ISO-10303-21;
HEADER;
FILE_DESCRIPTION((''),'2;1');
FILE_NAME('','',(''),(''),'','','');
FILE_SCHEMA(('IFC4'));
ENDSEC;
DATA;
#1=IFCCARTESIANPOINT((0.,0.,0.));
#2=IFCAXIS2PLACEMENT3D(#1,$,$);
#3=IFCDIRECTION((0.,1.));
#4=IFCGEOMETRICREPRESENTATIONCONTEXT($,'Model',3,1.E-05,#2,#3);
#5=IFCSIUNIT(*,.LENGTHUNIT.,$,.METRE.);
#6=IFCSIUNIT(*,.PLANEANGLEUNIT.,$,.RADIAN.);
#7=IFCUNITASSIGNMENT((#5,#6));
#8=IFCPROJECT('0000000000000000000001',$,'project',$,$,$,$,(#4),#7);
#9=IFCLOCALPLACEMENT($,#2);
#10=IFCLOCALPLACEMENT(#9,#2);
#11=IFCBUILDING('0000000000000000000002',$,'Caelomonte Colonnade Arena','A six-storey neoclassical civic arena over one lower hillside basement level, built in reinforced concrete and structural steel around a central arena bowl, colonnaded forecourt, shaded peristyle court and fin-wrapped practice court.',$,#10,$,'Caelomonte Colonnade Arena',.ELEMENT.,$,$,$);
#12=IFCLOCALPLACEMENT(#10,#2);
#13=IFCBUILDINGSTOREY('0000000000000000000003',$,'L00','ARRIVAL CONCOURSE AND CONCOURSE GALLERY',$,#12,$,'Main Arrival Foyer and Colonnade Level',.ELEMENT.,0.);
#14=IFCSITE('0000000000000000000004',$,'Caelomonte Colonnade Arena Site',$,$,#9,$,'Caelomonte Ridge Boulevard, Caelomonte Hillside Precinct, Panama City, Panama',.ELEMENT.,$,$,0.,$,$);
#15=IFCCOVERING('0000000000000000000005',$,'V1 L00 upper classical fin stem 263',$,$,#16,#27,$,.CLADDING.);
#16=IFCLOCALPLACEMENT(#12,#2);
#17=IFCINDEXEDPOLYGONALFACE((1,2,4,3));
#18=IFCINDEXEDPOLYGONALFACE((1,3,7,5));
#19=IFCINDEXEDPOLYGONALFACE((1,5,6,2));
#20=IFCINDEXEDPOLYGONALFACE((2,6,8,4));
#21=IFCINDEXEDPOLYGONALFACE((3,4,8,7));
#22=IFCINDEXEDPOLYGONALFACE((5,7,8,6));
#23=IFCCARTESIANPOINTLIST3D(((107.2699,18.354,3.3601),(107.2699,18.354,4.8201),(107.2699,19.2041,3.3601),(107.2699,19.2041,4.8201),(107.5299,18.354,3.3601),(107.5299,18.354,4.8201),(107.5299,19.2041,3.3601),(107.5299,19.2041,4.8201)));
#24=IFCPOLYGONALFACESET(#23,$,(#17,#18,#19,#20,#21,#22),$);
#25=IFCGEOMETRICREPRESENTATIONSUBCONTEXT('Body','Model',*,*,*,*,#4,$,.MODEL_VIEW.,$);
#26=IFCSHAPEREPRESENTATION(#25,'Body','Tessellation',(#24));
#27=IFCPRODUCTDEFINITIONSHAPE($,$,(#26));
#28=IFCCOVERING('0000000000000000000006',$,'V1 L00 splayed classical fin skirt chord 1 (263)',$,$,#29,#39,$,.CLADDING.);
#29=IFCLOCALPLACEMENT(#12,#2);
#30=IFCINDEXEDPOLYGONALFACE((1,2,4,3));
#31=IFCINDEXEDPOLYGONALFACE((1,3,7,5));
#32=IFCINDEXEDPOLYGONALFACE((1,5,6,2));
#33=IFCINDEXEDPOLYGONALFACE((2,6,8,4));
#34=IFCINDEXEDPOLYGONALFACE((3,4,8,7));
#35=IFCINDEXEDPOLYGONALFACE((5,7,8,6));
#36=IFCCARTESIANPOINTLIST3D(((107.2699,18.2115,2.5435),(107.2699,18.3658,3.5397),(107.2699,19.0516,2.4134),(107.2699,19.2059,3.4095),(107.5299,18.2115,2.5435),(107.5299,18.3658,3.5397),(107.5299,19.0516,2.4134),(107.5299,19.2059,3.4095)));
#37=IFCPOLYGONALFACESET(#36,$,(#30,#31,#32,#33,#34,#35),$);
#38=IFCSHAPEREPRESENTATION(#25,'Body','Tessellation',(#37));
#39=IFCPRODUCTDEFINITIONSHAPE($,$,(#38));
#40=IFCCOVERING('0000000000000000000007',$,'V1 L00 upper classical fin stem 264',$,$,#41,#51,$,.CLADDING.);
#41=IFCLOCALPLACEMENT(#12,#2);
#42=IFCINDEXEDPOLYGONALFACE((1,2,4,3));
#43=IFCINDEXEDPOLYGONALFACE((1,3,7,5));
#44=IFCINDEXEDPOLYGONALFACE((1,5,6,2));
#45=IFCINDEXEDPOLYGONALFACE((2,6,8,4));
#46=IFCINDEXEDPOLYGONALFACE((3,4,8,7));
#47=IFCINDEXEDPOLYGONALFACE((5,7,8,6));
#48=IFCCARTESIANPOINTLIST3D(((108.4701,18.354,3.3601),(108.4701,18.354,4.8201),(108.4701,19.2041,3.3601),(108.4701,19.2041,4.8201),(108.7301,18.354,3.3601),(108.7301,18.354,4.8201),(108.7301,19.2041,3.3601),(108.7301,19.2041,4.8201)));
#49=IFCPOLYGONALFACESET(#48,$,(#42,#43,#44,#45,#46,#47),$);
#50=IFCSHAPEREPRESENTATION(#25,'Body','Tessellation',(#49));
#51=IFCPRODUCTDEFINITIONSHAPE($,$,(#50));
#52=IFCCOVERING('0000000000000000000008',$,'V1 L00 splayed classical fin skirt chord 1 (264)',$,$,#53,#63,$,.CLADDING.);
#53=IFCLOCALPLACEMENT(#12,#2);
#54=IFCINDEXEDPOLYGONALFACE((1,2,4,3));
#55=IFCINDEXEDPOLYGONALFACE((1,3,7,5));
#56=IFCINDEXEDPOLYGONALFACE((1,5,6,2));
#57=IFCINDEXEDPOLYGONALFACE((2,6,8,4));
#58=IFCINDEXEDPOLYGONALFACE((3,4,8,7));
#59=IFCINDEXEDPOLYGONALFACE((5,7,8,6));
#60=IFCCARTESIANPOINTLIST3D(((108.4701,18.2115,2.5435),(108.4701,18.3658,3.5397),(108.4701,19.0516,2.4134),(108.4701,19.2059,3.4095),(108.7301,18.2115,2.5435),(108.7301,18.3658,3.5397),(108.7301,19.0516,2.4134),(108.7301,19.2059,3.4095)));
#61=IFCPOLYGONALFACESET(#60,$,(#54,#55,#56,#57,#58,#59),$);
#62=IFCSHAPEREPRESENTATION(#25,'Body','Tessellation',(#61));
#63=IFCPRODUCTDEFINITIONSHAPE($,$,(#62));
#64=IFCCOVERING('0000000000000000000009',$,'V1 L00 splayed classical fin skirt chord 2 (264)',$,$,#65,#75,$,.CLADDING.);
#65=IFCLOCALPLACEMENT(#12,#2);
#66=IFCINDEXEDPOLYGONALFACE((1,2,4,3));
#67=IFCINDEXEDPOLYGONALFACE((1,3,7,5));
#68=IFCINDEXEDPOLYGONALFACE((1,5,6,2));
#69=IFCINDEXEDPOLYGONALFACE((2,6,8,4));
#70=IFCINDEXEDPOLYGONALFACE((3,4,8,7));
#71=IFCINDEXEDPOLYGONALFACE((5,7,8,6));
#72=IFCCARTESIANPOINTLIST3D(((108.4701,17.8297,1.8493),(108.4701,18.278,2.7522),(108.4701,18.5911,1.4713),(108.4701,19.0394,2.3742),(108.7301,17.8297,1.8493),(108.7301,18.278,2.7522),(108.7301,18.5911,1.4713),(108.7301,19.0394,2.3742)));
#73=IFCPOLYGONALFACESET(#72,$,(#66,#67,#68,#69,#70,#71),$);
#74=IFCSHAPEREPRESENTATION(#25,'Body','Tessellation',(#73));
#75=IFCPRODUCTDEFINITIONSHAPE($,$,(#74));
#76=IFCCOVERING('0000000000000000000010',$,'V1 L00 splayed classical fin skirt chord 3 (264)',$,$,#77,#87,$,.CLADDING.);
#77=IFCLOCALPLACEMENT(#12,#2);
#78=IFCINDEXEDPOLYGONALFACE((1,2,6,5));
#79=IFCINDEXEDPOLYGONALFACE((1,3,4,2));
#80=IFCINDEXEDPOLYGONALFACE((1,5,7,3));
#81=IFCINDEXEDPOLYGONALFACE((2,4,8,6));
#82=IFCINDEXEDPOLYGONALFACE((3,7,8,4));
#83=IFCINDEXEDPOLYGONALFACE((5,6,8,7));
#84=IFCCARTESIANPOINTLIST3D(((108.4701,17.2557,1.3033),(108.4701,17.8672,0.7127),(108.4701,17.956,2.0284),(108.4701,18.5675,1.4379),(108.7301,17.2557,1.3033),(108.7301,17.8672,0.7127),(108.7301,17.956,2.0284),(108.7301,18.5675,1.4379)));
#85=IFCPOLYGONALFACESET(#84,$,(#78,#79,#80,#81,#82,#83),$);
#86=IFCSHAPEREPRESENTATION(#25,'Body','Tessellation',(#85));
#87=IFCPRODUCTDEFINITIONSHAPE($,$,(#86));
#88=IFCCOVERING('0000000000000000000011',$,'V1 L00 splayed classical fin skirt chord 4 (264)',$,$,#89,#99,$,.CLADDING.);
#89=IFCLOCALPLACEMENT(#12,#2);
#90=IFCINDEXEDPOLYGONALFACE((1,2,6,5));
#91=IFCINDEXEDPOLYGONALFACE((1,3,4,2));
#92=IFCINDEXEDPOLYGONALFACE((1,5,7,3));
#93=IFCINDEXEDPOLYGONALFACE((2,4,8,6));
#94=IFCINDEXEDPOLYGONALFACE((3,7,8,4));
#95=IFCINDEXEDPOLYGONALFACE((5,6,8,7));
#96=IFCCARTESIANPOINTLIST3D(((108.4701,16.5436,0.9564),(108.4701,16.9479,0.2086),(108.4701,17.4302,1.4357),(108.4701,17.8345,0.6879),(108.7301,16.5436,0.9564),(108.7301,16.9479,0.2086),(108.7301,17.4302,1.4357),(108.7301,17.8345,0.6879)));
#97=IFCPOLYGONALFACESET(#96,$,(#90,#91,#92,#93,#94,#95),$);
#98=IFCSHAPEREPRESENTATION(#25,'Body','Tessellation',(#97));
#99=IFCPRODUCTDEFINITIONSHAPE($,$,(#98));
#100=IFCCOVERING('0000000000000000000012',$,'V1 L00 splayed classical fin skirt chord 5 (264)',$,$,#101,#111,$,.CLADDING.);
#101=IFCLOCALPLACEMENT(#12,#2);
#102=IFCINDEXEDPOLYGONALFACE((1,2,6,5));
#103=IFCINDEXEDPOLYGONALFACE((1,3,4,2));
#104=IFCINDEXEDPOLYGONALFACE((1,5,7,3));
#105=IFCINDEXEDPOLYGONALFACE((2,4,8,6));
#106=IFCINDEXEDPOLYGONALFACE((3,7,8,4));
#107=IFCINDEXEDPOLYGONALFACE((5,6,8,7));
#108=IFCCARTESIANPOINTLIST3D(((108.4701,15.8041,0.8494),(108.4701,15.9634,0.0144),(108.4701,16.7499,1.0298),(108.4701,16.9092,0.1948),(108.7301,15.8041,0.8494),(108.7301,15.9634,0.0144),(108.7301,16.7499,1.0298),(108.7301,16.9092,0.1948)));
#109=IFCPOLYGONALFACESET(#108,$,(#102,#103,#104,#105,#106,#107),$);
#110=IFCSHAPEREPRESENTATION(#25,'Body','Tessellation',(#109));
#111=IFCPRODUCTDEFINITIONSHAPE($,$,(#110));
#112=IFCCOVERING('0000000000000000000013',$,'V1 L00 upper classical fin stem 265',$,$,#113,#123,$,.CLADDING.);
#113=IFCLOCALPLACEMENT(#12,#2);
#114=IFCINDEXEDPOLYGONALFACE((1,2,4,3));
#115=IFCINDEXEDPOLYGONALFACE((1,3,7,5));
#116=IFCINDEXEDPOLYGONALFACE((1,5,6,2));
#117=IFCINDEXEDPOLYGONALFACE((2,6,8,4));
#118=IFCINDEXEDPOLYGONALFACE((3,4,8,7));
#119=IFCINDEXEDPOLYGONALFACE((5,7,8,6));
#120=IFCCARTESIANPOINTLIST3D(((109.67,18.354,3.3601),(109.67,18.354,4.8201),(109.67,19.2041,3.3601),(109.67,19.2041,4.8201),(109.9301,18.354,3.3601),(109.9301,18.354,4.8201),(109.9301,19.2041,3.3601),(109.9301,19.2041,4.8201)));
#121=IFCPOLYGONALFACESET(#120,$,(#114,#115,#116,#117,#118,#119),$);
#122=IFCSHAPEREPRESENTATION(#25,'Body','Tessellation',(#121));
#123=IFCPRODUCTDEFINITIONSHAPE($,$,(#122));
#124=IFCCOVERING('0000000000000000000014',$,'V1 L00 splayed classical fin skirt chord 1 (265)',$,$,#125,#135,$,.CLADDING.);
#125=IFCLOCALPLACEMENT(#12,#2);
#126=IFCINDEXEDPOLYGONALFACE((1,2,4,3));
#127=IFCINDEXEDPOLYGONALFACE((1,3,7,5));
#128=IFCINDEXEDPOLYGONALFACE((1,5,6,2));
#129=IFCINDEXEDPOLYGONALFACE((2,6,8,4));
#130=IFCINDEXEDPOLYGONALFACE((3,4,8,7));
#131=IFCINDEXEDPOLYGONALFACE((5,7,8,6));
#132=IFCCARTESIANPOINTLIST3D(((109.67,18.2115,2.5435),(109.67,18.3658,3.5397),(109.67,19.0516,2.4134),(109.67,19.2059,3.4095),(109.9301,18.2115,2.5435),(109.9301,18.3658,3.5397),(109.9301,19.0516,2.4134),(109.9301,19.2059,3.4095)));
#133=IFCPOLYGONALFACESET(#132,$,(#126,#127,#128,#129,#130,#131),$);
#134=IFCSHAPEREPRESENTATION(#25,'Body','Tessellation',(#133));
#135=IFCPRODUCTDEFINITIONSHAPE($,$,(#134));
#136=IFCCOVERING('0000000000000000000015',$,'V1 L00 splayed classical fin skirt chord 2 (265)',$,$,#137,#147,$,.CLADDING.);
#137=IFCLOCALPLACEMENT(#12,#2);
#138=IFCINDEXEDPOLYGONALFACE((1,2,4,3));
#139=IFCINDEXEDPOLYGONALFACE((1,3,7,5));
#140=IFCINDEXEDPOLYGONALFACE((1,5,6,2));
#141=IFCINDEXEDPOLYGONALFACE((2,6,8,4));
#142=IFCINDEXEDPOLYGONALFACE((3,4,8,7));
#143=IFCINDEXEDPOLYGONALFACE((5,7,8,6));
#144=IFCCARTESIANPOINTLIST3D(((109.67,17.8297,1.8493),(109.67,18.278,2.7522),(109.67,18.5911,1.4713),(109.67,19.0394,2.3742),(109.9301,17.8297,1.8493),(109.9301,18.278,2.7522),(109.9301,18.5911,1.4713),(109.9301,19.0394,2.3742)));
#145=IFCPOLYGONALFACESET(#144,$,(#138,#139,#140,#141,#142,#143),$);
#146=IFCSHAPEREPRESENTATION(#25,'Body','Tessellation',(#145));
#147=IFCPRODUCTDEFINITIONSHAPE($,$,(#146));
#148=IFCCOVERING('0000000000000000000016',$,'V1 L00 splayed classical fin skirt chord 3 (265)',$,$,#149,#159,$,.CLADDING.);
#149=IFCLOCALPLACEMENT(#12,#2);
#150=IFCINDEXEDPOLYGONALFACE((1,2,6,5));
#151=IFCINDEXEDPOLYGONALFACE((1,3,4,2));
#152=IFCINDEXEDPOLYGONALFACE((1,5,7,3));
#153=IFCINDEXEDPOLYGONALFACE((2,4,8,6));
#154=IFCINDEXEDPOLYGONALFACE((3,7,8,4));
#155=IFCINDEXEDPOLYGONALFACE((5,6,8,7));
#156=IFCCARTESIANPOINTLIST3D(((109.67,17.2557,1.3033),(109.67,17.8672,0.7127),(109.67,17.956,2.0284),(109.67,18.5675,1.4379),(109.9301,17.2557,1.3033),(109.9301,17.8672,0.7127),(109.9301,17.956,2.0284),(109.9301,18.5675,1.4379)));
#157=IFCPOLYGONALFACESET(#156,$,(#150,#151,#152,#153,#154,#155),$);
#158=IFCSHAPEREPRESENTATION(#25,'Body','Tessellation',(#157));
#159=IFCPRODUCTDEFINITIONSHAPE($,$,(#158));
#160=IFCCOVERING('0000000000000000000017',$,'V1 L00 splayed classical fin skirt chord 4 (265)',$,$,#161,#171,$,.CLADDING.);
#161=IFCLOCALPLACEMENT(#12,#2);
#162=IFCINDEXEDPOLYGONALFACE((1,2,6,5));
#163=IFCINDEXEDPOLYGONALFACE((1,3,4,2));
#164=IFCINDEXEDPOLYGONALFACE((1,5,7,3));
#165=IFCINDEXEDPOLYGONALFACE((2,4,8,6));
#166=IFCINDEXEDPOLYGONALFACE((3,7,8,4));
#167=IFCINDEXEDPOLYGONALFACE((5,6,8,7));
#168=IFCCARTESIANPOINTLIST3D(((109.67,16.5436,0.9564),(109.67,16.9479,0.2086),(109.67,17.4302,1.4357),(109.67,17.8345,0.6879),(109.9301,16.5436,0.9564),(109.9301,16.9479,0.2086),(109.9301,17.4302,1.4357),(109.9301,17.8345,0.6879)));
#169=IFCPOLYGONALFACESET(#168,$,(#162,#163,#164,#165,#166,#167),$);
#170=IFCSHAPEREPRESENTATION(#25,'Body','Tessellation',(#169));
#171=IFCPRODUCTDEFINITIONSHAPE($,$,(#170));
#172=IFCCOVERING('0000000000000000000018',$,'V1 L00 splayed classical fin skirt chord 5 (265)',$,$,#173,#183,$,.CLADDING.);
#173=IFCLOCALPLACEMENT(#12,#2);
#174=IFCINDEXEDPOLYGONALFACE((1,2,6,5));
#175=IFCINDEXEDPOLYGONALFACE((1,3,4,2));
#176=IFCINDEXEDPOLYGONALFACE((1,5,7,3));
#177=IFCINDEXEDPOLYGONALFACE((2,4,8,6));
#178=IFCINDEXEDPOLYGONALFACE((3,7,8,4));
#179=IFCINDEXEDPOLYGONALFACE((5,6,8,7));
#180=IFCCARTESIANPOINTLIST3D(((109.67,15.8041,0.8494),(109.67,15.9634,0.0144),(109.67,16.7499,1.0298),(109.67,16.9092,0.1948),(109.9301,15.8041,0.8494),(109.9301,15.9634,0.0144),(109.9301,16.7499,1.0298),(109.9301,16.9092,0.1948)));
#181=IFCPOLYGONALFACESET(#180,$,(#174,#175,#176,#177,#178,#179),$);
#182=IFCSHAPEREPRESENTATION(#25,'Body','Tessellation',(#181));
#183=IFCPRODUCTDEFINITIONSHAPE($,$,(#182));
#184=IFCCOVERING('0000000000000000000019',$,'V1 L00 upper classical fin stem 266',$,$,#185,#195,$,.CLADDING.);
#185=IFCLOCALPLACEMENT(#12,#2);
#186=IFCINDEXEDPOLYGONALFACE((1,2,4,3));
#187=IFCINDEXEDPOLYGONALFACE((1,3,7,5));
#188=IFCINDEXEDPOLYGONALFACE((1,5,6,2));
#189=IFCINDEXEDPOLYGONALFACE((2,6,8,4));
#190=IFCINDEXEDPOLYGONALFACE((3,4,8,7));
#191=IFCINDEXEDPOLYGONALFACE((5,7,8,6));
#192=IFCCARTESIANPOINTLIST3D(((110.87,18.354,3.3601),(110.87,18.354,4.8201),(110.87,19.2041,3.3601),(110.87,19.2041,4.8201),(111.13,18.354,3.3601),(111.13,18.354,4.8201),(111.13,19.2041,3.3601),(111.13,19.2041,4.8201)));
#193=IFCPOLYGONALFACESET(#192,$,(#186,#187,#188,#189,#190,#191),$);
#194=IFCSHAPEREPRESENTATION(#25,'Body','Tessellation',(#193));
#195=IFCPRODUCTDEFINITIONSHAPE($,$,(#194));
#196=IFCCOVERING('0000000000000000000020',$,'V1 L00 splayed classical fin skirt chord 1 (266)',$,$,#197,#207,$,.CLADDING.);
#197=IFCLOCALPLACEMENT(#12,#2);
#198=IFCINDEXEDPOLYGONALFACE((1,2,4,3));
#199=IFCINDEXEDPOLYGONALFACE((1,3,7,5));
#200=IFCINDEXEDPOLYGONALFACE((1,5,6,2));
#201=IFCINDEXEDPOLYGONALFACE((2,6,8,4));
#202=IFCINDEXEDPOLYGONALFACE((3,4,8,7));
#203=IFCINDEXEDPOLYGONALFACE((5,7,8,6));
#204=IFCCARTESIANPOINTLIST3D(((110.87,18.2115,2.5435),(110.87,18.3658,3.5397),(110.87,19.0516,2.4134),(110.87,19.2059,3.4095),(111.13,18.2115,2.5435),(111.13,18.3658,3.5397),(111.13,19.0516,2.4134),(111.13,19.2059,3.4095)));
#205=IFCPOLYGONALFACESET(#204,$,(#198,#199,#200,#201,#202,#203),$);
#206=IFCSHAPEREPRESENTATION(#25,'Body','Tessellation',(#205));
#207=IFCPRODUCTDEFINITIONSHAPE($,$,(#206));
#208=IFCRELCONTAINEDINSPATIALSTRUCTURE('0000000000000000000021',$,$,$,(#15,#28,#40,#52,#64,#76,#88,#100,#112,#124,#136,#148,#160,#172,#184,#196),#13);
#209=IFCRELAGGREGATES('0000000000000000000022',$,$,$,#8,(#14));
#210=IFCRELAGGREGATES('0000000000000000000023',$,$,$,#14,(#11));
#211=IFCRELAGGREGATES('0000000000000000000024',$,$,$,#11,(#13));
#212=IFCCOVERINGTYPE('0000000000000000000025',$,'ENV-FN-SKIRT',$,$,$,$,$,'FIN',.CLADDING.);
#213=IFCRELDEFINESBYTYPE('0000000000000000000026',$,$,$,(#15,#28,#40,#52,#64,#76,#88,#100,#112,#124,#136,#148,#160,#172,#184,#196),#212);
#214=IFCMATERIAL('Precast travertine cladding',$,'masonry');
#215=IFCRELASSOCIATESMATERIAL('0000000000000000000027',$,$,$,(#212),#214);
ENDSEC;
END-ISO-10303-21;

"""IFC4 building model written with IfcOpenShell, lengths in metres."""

from ifc_helpers import new_model, si_unit, direction, frame, origin, origin_2d, place, context, subcontext, project, spatial, rectangle, extrude, material, material_profile, profile_set, type_object, element, save


model = new_model("IFC4")

# Units and contexts
model_context = context("Model", 3, precision=1e-05, world=origin(), true_north=direction((0.0, 1.0)))
body_context = subcontext(model_context, "Body", "Model", "MODEL_VIEW")
ifc_project = project(units=[si_unit("LENGTHUNIT", "METRE"), si_unit("PLANEANGLEUNIT", "RADIAN")], contexts=[model_context])

# Site, building, storey
site_placement = place(None, origin())
site = spatial("IfcSite", under=ifc_project, at=site_placement, Name="Caelomonte Colonnade Arena Site", LongName="Caelomonte Ridge Boulevard, Caelomonte Hillside Precinct, Panama City, Panama", CompositionType="ELEMENT", RefElevation=0.0)
building_placement = place(site_placement, origin())
building = spatial("IfcBuilding", under=site, at=building_placement, Name="Caelomonte Colonnade Arena", Description="A six-storey neoclassical civic arena over one lower hillside basement level, built in reinforced concrete and structural steel around a central arena bowl, colonnaded forecourt, shaded peristyle court and fin-wrapped practice court.", LongName="Caelomonte Colonnade Arena", CompositionType="ELEMENT")
storey_placement = place(building_placement, origin())
storey = spatial("IfcBuildingStorey", under=building, at=storey_placement, Name="L00", Description="ARRIVAL CONCOURSE AND CONCOURSE GALLERY", LongName="Main Arrival Foyer and Colonnade Level", CompositionType="ELEMENT", Elevation=0.0)

# Coverings
ifc_material = material(Name="Precast travertine cladding", Category="masonry")
ifc_material_profile = material_profile(ifc_material, rectangle(XDim=0.26, YDim=0.8501, at=origin_2d()), Name="FIN260X850")
ifc_profile_set = profile_set([ifc_material_profile], Name="Precast travertine cladding")
covering_type = type_object("IfcCoveringType", Name="ENV-FN-SKIRT", ElementType="FIN", PredefinedType="CLADDING", material=ifc_profile_set)
covering_1_placement = place(storey_placement, frame((107.3999, 18.7791, 3.3601), z_axis=(0.0, 0.0, 1.0), x_axis=(-1.0, 0.0, 0.0)))
element("IfcCovering", 1, at=covering_1_placement, inside=storey, type_object=covering_type, Name="V1 L00 upper classical fin stem 263", PredefinedType="CLADDING", context=body_context, shape_type="SweptSolid", body=[
    extrude(rectangle(XDim=0.26, YDim=0.8501, at=origin_2d()), origin(), (0.0, 0.0, 1.0), 1.46),
])
covering_2_placement = place(storey_placement, frame((107.3999, 18.7859, 3.4746), z_axis=(0.0, -0.153076, -0.988214), x_axis=(-1.0, 0.0, 0.0)))
element("IfcCovering", 2, at=covering_2_placement, inside=storey, type_object=covering_type, Name="V1 L00 splayed classical fin skirt chord 1 (263)", PredefinedType="CLADDING", context=body_context, shape_type="SweptSolid", body=[
    extrude(rectangle(XDim=0.26, YDim=0.8501, at=origin_2d()), origin(), (0.0, 0.0, 1.0), 1.0081),
])
covering_3_placement = place(storey_placement, frame((108.6001, 18.7791, 3.3601), z_axis=(0.0, 0.0, 1.0), x_axis=(-1.0, 0.0, 0.0)))
element("IfcCovering", 3, at=covering_3_placement, inside=storey, type_object=covering_type, Name="V1 L00 upper classical fin stem 264", PredefinedType="CLADDING", context=body_context, shape_type="SweptSolid", body=[
    extrude(rectangle(XDim=0.26, YDim=0.8501, at=origin_2d()), origin(), (0.0, 0.0, 1.0), 1.46),
])
for number, where, z_axis, x_axis, name in (
    (4, (108.6001, 18.7859, 3.4746), (0.0, -0.153076, -0.988214), (-1.0, 0.0, 0.0), "V1 L00 splayed classical fin skirt chord 1 (264)"),
    (5, (108.6001, 18.6587, 2.5632), (0.0, -0.444693, -0.895683), (-1.0, 0.0, 0.0), "V1 L00 splayed classical fin skirt chord 2 (264)"),
    (6, (108.6001, 18.2617, 1.7332), (0.0, -0.694646, -0.719351), (-1.0, 0.0, 0.0), "V1 L00 splayed classical fin skirt chord 3 (264)"),
):
    element("IfcCovering", number, at=place(storey_placement, frame(where, z_axis=z_axis, x_axis=x_axis)), inside=storey, type_object=covering_type, Name=name, PredefinedType="CLADDING", context=body_context, shape_type="SweptSolid", body=[
        extrude(rectangle(XDim=0.26, YDim=0.8501, at=origin_2d()), origin(), (0.0, 0.0, 1.0), 1.0081),
    ])
covering_4_placement = place(storey_placement, frame((108.6001, 17.6323, 1.0618), z_axis=(0.0, -0.879676, -0.475573), x_axis=(-1.0, 0.0, 0.0)))
element("IfcCovering", 7, at=covering_4_placement, inside=storey, type_object=covering_type, Name="V1 L00 splayed classical fin skirt chord 4 (264)", PredefinedType="CLADDING", context=body_context, shape_type="SweptSolid", body=[
    extrude(rectangle(XDim=0.26, YDim=0.8501, at=origin_2d()), origin(), (0.0, 0.0, 1.0), 1.0078),
])
covering_5_placement = place(storey_placement, frame((108.6001, 16.8296, 0.6123), z_axis=(0.0, -0.982287, -0.18738), x_axis=(-1.0, 0.0, 0.0)))
element("IfcCovering", 8, at=covering_5_placement, inside=storey, type_object=covering_type, Name="V1 L00 splayed classical fin skirt chord 5 (264)", PredefinedType="CLADDING", context=body_context, shape_type="SweptSolid", body=[
    extrude(rectangle(XDim=0.26, YDim=0.8501, at=origin_2d()), origin(), (0.0, 0.0, 1.0), 0.9629),
])
covering_6_placement = place(storey_placement, frame((109.8, 18.7791, 3.3601), z_axis=(0.0, 0.0, 1.0), x_axis=(-1.0, 0.0, 0.0)))
element("IfcCovering", 9, at=covering_6_placement, inside=storey, type_object=covering_type, Name="V1 L00 upper classical fin stem 265", PredefinedType="CLADDING", context=body_context, shape_type="SweptSolid", body=[
    extrude(rectangle(XDim=0.26, YDim=0.8501, at=origin_2d()), origin(), (0.0, 0.0, 1.0), 1.46),
])
for number, where, z_axis, x_axis, name in (
    (10, (109.8, 18.7859, 3.4746), (0.0, -0.153076, -0.988214), (-1.0, 0.0, 0.0), "V1 L00 splayed classical fin skirt chord 1 (265)"),
    (11, (109.8, 18.6587, 2.5632), (0.0, -0.444693, -0.895683), (-1.0, 0.0, 0.0), "V1 L00 splayed classical fin skirt chord 2 (265)"),
    (12, (109.8, 18.2617, 1.7332), (0.0, -0.694646, -0.719351), (-1.0, 0.0, 0.0), "V1 L00 splayed classical fin skirt chord 3 (265)"),
):
    element("IfcCovering", number, at=place(storey_placement, frame(where, z_axis=z_axis, x_axis=x_axis)), inside=storey, type_object=covering_type, Name=name, PredefinedType="CLADDING", context=body_context, shape_type="SweptSolid", body=[
        extrude(rectangle(XDim=0.26, YDim=0.8501, at=origin_2d()), origin(), (0.0, 0.0, 1.0), 1.0081),
    ])
covering_7_placement = place(storey_placement, frame((109.8, 17.6323, 1.0618), z_axis=(0.0, -0.879676, -0.475573), x_axis=(-1.0, 0.0, 0.0)))
element("IfcCovering", 13, at=covering_7_placement, inside=storey, type_object=covering_type, Name="V1 L00 splayed classical fin skirt chord 4 (265)", PredefinedType="CLADDING", context=body_context, shape_type="SweptSolid", body=[
    extrude(rectangle(XDim=0.26, YDim=0.8501, at=origin_2d()), origin(), (0.0, 0.0, 1.0), 1.0078),
])
covering_8_placement = place(storey_placement, frame((109.8, 16.8296, 0.6123), z_axis=(0.0, -0.982287, -0.18738), x_axis=(-1.0, 0.0, 0.0)))
element("IfcCovering", 14, at=covering_8_placement, inside=storey, type_object=covering_type, Name="V1 L00 splayed classical fin skirt chord 5 (265)", PredefinedType="CLADDING", context=body_context, shape_type="SweptSolid", body=[
    extrude(rectangle(XDim=0.26, YDim=0.8501, at=origin_2d()), origin(), (0.0, 0.0, 1.0), 0.9629),
])
covering_9_placement = place(storey_placement, frame((111.0, 18.7791, 3.3601), z_axis=(0.0, 0.0, 1.0), x_axis=(-1.0, 0.0, 0.0)))
element("IfcCovering", 15, at=covering_9_placement, inside=storey, type_object=covering_type, Name="V1 L00 upper classical fin stem 266", PredefinedType="CLADDING", context=body_context, shape_type="SweptSolid", body=[
    extrude(rectangle(XDim=0.26, YDim=0.8501, at=origin_2d()), origin(), (0.0, 0.0, 1.0), 1.46),
])
for number, where, z_axis, x_axis, name in (
    (16, (111.0, 18.7859, 3.4746), (0.0, -0.153076, -0.988214), (-1.0, 0.0, 0.0), "V1 L00 splayed classical fin skirt chord 1 (266)"),
):
    element("IfcCovering", number, at=place(storey_placement, frame(where, z_axis=z_axis, x_axis=x_axis)), inside=storey, type_object=covering_type, Name=name, PredefinedType="CLADDING", context=body_context, shape_type="SweptSolid", body=[
        extrude(rectangle(XDim=0.26, YDim=0.8501, at=origin_2d()), origin(), (0.0, 0.0, 1.0), 1.0081),
    ])

save(model, "model.ifc")
